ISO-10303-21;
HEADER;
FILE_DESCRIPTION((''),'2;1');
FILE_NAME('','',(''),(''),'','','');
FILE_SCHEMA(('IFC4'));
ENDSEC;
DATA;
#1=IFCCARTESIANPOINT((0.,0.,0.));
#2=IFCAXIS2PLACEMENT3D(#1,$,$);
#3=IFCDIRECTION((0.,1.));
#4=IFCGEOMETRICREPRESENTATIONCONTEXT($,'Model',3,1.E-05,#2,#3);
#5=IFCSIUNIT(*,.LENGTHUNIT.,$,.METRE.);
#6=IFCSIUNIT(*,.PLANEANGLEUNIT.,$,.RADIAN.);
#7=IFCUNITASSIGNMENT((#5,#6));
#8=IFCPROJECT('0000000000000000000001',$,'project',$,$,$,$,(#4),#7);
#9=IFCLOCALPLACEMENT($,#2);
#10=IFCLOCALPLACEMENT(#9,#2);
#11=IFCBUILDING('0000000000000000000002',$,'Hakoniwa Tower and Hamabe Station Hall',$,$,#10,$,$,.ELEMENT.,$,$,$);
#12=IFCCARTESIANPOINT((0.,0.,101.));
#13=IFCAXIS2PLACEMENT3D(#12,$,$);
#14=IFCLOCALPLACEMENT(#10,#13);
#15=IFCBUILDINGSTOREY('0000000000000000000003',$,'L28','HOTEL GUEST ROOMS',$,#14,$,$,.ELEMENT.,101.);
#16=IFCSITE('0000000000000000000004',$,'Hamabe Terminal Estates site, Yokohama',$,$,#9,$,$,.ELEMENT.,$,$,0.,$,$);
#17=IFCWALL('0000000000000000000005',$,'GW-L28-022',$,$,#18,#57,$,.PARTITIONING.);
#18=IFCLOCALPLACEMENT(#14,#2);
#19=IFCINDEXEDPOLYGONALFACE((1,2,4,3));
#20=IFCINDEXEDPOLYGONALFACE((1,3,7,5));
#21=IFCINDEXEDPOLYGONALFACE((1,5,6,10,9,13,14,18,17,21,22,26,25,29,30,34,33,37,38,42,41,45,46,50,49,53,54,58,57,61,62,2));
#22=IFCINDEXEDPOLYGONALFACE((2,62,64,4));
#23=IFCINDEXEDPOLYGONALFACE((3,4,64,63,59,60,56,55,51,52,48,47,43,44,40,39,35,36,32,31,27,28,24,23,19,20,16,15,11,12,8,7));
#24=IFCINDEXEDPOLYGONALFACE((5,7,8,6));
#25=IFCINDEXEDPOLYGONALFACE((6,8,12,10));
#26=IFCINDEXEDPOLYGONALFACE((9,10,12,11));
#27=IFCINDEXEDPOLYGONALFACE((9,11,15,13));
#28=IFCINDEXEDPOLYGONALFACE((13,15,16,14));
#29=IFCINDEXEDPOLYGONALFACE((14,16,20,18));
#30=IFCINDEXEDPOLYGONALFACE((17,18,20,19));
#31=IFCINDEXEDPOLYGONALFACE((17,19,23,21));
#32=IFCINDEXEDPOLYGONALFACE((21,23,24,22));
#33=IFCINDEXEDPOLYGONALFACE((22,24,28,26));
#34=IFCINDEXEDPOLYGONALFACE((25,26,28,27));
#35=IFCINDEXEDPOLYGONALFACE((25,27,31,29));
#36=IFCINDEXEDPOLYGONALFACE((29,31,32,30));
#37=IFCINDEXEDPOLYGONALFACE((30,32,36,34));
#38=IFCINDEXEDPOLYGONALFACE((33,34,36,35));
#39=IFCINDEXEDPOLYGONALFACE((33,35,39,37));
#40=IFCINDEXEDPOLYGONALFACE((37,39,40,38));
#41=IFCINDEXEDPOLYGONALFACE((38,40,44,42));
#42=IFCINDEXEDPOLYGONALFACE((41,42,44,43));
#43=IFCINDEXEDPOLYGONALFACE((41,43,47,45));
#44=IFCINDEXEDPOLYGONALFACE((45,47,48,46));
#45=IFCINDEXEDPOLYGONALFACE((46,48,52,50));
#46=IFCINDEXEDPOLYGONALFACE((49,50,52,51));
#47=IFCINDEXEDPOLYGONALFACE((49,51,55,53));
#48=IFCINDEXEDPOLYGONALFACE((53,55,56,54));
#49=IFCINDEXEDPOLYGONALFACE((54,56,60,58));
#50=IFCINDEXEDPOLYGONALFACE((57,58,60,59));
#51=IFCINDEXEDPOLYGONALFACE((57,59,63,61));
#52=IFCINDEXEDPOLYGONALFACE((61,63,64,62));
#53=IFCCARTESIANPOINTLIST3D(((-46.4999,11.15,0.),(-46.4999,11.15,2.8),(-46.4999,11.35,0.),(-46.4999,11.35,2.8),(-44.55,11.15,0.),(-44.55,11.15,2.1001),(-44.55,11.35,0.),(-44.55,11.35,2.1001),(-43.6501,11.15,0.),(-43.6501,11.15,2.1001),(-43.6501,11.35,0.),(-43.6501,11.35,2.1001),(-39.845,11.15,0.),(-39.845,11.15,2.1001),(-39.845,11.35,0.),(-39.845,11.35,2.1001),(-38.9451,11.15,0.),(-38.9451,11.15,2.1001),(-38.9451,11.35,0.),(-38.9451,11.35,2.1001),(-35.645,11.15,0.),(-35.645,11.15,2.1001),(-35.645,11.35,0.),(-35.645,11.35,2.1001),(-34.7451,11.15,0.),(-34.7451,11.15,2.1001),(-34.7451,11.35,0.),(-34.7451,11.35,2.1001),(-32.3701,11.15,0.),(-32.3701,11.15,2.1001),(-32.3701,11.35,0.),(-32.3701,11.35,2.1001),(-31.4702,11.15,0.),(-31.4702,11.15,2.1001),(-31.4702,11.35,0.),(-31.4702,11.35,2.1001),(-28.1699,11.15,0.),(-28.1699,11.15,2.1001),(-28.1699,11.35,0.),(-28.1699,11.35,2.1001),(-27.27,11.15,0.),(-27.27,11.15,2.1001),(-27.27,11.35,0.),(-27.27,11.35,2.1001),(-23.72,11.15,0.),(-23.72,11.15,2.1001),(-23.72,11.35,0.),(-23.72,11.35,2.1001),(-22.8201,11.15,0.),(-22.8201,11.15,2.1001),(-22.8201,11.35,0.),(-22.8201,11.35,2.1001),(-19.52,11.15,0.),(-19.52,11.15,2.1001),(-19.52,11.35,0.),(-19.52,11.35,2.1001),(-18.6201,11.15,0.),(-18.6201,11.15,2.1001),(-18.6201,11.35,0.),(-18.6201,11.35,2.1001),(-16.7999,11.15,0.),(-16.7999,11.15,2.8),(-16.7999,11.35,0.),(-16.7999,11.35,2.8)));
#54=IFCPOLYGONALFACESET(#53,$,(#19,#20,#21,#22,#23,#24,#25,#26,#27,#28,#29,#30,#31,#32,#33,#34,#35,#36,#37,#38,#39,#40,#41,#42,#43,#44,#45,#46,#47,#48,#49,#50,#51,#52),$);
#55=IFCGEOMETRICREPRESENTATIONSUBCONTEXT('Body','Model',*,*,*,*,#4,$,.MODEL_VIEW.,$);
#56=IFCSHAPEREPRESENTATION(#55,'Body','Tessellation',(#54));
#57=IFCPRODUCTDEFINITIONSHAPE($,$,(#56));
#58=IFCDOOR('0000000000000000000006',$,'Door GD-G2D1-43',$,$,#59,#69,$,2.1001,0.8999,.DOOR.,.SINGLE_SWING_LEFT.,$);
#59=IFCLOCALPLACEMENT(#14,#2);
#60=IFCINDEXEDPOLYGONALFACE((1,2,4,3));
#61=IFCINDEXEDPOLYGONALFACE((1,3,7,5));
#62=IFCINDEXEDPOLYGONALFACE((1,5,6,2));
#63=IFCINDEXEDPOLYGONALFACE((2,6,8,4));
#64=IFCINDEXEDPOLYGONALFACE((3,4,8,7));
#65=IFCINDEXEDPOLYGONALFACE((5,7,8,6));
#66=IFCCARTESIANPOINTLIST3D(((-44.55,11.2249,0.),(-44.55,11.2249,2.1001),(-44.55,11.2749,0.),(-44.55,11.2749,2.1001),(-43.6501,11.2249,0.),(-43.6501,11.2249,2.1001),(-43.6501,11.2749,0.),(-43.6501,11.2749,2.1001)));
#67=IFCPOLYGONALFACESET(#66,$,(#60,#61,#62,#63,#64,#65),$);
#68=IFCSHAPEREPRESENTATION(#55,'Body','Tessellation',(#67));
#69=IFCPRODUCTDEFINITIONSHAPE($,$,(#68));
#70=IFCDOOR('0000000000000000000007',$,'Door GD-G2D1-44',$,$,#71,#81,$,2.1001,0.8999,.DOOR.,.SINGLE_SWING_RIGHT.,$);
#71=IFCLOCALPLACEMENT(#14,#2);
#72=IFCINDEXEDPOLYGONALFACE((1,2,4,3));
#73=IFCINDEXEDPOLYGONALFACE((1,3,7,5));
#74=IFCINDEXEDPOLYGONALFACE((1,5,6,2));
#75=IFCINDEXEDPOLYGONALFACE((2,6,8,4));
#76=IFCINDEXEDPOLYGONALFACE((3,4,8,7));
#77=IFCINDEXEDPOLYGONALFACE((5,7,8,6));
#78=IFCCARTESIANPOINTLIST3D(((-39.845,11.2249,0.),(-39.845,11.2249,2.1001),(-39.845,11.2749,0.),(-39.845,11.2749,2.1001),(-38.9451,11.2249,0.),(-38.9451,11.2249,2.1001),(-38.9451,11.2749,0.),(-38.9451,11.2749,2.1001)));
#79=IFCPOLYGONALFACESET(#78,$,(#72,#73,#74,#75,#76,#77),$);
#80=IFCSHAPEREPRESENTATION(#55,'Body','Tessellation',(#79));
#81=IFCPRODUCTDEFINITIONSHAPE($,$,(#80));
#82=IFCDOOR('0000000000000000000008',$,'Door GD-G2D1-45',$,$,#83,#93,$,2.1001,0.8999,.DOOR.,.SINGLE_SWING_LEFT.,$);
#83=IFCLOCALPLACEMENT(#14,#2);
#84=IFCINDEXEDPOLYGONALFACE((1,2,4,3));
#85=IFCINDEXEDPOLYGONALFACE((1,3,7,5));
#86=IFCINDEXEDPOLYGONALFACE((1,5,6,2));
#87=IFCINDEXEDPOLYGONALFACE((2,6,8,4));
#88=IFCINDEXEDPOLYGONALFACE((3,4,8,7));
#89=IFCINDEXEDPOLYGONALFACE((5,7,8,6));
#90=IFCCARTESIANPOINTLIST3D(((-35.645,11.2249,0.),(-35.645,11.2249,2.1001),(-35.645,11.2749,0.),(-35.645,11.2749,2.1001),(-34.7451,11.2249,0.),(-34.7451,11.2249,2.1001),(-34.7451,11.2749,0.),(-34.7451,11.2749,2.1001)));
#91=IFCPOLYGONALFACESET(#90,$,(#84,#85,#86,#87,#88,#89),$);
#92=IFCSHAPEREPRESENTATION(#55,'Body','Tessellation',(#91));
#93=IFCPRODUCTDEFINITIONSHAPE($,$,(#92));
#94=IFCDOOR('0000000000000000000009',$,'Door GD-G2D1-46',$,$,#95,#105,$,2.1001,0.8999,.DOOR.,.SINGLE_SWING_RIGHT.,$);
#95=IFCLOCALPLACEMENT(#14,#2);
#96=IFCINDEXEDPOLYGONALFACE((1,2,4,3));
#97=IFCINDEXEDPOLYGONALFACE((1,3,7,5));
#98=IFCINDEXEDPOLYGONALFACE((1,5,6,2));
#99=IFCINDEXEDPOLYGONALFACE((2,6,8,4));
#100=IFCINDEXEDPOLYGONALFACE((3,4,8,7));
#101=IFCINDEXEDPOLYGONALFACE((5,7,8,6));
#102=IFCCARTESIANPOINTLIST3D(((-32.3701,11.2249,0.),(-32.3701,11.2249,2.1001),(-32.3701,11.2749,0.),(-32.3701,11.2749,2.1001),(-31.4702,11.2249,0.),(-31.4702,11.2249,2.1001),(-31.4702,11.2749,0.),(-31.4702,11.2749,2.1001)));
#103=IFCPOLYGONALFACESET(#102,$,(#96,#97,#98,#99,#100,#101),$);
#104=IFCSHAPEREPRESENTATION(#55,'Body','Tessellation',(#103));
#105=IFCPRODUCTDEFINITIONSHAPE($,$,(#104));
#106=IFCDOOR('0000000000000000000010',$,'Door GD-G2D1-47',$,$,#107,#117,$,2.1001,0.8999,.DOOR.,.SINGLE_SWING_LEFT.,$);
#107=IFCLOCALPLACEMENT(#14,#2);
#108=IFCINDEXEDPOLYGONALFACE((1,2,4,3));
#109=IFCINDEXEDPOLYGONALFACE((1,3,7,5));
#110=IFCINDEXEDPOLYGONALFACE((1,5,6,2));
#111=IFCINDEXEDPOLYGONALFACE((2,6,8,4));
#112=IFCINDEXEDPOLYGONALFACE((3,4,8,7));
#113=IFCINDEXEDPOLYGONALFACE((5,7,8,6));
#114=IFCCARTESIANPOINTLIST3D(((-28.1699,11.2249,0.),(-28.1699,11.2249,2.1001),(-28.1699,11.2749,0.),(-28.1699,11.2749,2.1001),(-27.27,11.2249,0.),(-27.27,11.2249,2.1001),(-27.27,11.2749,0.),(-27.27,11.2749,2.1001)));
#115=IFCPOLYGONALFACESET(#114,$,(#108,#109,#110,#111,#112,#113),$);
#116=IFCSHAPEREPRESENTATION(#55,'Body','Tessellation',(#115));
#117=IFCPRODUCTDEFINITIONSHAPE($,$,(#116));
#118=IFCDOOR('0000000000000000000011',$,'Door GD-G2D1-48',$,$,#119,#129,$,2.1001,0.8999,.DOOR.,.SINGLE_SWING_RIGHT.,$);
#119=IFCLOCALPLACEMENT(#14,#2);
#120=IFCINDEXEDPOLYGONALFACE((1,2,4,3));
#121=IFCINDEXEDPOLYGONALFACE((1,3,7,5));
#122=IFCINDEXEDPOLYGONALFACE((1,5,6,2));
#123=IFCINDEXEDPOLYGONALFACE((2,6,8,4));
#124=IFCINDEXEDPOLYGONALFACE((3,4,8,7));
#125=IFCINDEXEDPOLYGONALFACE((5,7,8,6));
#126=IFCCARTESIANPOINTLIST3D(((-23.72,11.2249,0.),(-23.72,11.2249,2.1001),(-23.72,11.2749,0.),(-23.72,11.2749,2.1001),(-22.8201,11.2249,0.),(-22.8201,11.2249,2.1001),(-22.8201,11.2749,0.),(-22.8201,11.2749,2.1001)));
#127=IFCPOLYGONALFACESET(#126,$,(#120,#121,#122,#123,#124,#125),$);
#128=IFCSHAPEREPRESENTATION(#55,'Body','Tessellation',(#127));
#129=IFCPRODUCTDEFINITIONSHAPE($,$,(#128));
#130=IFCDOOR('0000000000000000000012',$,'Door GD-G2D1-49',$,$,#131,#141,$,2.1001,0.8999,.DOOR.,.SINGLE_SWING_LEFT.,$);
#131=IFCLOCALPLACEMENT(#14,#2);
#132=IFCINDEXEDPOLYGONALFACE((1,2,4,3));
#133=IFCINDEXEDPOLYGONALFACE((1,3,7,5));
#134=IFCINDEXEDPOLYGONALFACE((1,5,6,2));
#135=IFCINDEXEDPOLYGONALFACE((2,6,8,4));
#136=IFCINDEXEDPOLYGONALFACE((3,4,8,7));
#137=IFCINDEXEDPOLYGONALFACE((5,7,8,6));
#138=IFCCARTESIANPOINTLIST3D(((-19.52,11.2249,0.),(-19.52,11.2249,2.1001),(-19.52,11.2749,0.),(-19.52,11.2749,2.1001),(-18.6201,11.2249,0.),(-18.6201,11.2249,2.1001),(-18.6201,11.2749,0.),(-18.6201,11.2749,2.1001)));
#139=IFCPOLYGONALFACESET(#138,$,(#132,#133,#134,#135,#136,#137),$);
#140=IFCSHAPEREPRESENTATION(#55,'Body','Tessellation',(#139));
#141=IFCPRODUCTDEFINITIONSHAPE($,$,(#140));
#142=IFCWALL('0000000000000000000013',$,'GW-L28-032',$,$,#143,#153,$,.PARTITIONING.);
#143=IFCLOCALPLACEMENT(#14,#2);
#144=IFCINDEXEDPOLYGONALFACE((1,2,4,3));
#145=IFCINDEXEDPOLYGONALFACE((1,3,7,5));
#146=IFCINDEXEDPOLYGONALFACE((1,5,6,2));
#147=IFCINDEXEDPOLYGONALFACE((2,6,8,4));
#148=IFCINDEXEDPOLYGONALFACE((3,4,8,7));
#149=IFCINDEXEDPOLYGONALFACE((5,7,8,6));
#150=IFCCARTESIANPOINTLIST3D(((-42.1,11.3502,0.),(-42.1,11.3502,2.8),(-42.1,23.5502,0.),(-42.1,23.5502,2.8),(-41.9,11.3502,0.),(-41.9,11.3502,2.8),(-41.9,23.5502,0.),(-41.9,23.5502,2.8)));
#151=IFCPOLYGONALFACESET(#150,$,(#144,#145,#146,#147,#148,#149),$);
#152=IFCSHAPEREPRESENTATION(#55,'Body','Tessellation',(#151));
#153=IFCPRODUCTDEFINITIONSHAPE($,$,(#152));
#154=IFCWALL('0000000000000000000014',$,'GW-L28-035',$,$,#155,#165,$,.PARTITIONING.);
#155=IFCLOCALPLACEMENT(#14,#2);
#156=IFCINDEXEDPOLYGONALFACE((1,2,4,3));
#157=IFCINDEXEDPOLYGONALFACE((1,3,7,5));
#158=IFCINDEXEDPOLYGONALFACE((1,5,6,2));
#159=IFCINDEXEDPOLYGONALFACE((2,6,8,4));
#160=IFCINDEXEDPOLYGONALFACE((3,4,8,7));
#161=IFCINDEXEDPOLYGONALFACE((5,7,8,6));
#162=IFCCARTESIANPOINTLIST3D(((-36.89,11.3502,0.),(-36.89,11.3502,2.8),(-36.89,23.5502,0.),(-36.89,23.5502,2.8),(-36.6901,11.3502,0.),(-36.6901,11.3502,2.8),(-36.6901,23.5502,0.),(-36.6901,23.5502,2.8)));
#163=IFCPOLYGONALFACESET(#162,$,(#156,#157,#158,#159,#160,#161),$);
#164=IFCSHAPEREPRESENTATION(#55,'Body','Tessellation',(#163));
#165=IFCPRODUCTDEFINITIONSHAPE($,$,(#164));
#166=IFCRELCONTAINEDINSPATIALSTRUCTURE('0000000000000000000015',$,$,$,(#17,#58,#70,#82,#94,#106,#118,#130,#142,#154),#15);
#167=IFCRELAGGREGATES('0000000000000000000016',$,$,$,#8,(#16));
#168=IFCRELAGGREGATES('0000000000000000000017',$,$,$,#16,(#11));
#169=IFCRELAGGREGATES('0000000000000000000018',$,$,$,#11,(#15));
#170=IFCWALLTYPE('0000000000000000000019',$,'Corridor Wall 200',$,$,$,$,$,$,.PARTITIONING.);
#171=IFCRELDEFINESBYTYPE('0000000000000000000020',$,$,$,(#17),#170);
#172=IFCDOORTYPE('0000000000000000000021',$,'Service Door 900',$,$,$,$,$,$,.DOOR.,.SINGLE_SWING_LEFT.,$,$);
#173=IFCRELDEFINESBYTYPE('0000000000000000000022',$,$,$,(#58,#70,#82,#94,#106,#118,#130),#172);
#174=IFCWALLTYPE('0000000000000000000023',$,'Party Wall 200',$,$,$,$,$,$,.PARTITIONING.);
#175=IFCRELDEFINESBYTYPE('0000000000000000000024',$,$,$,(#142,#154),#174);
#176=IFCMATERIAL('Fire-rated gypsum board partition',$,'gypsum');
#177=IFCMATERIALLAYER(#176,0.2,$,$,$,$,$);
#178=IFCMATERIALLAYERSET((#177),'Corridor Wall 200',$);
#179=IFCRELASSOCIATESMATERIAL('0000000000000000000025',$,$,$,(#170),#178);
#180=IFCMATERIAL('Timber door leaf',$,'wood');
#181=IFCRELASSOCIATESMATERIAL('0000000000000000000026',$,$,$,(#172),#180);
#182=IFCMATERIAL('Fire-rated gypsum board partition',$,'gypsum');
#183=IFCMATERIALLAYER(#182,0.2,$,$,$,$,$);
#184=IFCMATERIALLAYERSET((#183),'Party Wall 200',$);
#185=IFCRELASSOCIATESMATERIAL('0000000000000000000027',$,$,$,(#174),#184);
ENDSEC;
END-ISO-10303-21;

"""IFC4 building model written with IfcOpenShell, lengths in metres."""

from ifc_helpers import new_model, si_unit, direction, frame, frame_2d, origin, place, context, subcontext, project, spatial, rectangle, extrude, material, layer, layer_set, type_object, element, fill, save


model = new_model("IFC4")

# Units and contexts
model_context = context("Model", 3, precision=1e-05, world=origin(), true_north=direction((0.0, 1.0)))
body_context = subcontext(model_context, "Body", "Model", "MODEL_VIEW")
ifc_project = project(units=[si_unit("LENGTHUNIT", "METRE"), si_unit("PLANEANGLEUNIT", "RADIAN")], contexts=[model_context])

# Site, building, storey
site_placement = place(None, origin())
site = spatial("IfcSite", under=ifc_project, at=site_placement, Name="Hamabe Terminal Estates site, Yokohama", CompositionType="ELEMENT", RefElevation=0.0)
building_placement = place(site_placement, origin())
building = spatial("IfcBuilding", under=site, at=building_placement, Name="Hakoniwa Tower and Hamabe Station Hall", CompositionType="ELEMENT")
storey_placement = place(building_placement, frame((0.0, 0.0, 101.0)))
storey = spatial("IfcBuildingStorey", under=building, at=storey_placement, Name="L28", Description="HOTEL GUEST ROOMS", CompositionType="ELEMENT", Elevation=101.0)

# Wall, openings, doors
ifc_material_1 = material(Name="Fire-rated gypsum board partition", Category="gypsum")
ifc_layer_1 = layer(ifc_material_1, 0.2)
ifc_layer_set_1 = layer_set([ifc_layer_1], Name="Corridor Wall 200")
wall_type_1 = type_object("IfcWallType", Name="Corridor Wall 200", PredefinedType="PARTITIONING", material=ifc_layer_set_1)
wall_placement = place(storey_placement, frame((-46.5, 11.25, 0.0), z_axis=(0.0, 0.0, 1.0), x_axis=(1.0, 0.0, 0.0)))
wall = element("IfcWall", 1, at=wall_placement, inside=storey, type_object=wall_type_1, Name="GW-L28-022", PredefinedType="PARTITIONING", context=body_context, shape_type="SweptSolid", body=[
    extrude(rectangle(XDim=29.7, YDim=0.2, at=frame_2d((14.8501, 0.0))), origin(), (0.0, 0.0, 1.0), 2.8),
])
opening_1_placement = place(wall_placement, frame((1.95, 0.0, 0.0)))
opening_1 = element("IfcOpeningElement", 2, at=opening_1_placement, cuts=wall, PredefinedType="OPENING", context=body_context, shape_type="SweptSolid", body=[
    extrude(rectangle(XDim=0.8999, YDim=2.1001, at=frame_2d((0.45, 1.05))), frame((0.0, 0.1099, 0.0), z_axis=(0.0, -1.0, 0.0), x_axis=(1.0, 0.0, 0.0)), (0.0, 0.0, 1.0), 0.22),
])
opening_2_placement = place(wall_placement, frame((6.655, 0.0, 0.0)))
opening_2 = element("IfcOpeningElement", 3, at=opening_2_placement, cuts=wall, PredefinedType="OPENING", context=body_context, shape_type="SweptSolid", body=[
    extrude(rectangle(XDim=0.8999, YDim=2.1001, at=frame_2d((0.45, 1.05))), frame((0.0, 0.1099, 0.0), z_axis=(0.0, -1.0, 0.0), x_axis=(1.0, 0.0, 0.0)), (0.0, 0.0, 1.0), 0.22),
])
opening_3_placement = place(wall_placement, frame((10.855, 0.0, 0.0)))
opening_3 = element("IfcOpeningElement", 4, at=opening_3_placement, cuts=wall, PredefinedType="OPENING", context=body_context, shape_type="SweptSolid", body=[
    extrude(rectangle(XDim=0.8999, YDim=2.1001, at=frame_2d((0.45, 1.05))), frame((0.0, 0.1099, 0.0), z_axis=(0.0, -1.0, 0.0), x_axis=(1.0, 0.0, 0.0)), (0.0, 0.0, 1.0), 0.22),
])
opening_4_placement = place(wall_placement, frame((14.1299, 0.0, 0.0)))
opening_4 = element("IfcOpeningElement", 5, at=opening_4_placement, cuts=wall, PredefinedType="OPENING", context=body_context, shape_type="SweptSolid", body=[
    extrude(rectangle(XDim=0.8999, YDim=2.1001, at=frame_2d((0.45, 1.05))), frame((0.0, 0.1099, 0.0), z_axis=(0.0, -1.0, 0.0), x_axis=(1.0, 0.0, 0.0)), (0.0, 0.0, 1.0), 0.22),
])
opening_5_placement = place(wall_placement, frame((18.3301, 0.0, 0.0)))
opening_5 = element("IfcOpeningElement", 6, at=opening_5_placement, cuts=wall, PredefinedType="OPENING", context=body_context, shape_type="SweptSolid", body=[
    extrude(rectangle(XDim=0.8999, YDim=2.1001, at=frame_2d((0.45, 1.05))), frame((0.0, 0.1099, 0.0), z_axis=(0.0, -1.0, 0.0), x_axis=(1.0, 0.0, 0.0)), (0.0, 0.0, 1.0), 0.22),
])
opening_6_placement = place(wall_placement, frame((22.78, 0.0, 0.0)))
opening_6 = element("IfcOpeningElement", 7, at=opening_6_placement, cuts=wall, PredefinedType="OPENING", context=body_context, shape_type="SweptSolid", body=[
    extrude(rectangle(XDim=0.8999, YDim=2.1001, at=frame_2d((0.45, 1.05))), frame((0.0, 0.1099, 0.0), z_axis=(0.0, -1.0, 0.0), x_axis=(1.0, 0.0, 0.0)), (0.0, 0.0, 1.0), 0.22),
])
opening_7_placement = place(wall_placement, frame((26.98, 0.0, 0.0)))
opening_7 = element("IfcOpeningElement", 8, at=opening_7_placement, cuts=wall, PredefinedType="OPENING", context=body_context, shape_type="SweptSolid", body=[
    extrude(rectangle(XDim=0.8999, YDim=2.1001, at=frame_2d((0.45, 1.05))), frame((0.0, 0.1099, 0.0), z_axis=(0.0, -1.0, 0.0), x_axis=(1.0, 0.0, 0.0)), (0.0, 0.0, 1.0), 0.22),
])
ifc_material_2 = material(Name="Timber door leaf", Category="wood")
door_type = type_object("IfcDoorType", Name="Service Door 900", OperationType="SINGLE_SWING_LEFT", PredefinedType="DOOR", material=ifc_material_2)
door_1_placement = place(opening_1_placement, origin())
door_1 = element("IfcDoor", 9, at=door_1_placement, inside=storey, type_object=door_type, Name="Door GD-G2D1-43", OperationType="SINGLE_SWING_LEFT", OverallHeight=2.1001, OverallWidth=0.8999, PredefinedType="DOOR", context=body_context, shape_type="SweptSolid", body=[
    extrude(rectangle(XDim=0.8999, YDim=2.1001, at=frame_2d((0.45, 1.05))), frame((0.0, 0.0249, 0.0), z_axis=(0.0, -1.0, 0.0), x_axis=(1.0, 0.0, 0.0)), (0.0, 0.0, 1.0), 0.05),
])
fill(opening_1, door_1)
door_2_placement = place(opening_2_placement, origin())
door_2 = element("IfcDoor", 10, at=door_2_placement, inside=storey, type_object=door_type, Name="Door GD-G2D1-44", OperationType="SINGLE_SWING_RIGHT", OverallHeight=2.1001, OverallWidth=0.8999, PredefinedType="DOOR", context=body_context, shape_type="SweptSolid", body=[
    extrude(rectangle(XDim=0.8999, YDim=2.1001, at=frame_2d((0.45, 1.05))), frame((0.0, 0.0249, 0.0), z_axis=(0.0, -1.0, 0.0), x_axis=(1.0, 0.0, 0.0)), (0.0, 0.0, 1.0), 0.05),
])
fill(opening_2, door_2)
door_3_placement = place(opening_3_placement, origin())
door_3 = element("IfcDoor", 11, at=door_3_placement, inside=storey, type_object=door_type, Name="Door GD-G2D1-45", OperationType="SINGLE_SWING_LEFT", OverallHeight=2.1001, OverallWidth=0.8999, PredefinedType="DOOR", context=body_context, shape_type="SweptSolid", body=[
    extrude(rectangle(XDim=0.8999, YDim=2.1001, at=frame_2d((0.45, 1.05))), frame((0.0, 0.0249, 0.0), z_axis=(0.0, -1.0, 0.0), x_axis=(1.0, 0.0, 0.0)), (0.0, 0.0, 1.0), 0.05),
])
fill(opening_3, door_3)
door_4_placement = place(opening_4_placement, origin())
door_4 = element("IfcDoor", 12, at=door_4_placement, inside=storey, type_object=door_type, Name="Door GD-G2D1-46", OperationType="SINGLE_SWING_RIGHT", OverallHeight=2.1001, OverallWidth=0.8999, PredefinedType="DOOR", context=body_context, shape_type="SweptSolid", body=[
    extrude(rectangle(XDim=0.8999, YDim=2.1001, at=frame_2d((0.45, 1.05))), frame((0.0, 0.0249, 0.0), z_axis=(0.0, -1.0, 0.0), x_axis=(1.0, 0.0, 0.0)), (0.0, 0.0, 1.0), 0.05),
])
fill(opening_4, door_4)
door_5_placement = place(opening_5_placement, origin())
door_5 = element("IfcDoor", 13, at=door_5_placement, inside=storey, type_object=door_type, Name="Door GD-G2D1-47", OperationType="SINGLE_SWING_LEFT", OverallHeight=2.1001, OverallWidth=0.8999, PredefinedType="DOOR", context=body_context, shape_type="SweptSolid", body=[
    extrude(rectangle(XDim=0.8999, YDim=2.1001, at=frame_2d((0.45, 1.05))), frame((0.0, 0.0249, 0.0), z_axis=(0.0, -1.0, 0.0), x_axis=(1.0, 0.0, 0.0)), (0.0, 0.0, 1.0), 0.05),
])
fill(opening_5, door_5)
door_6_placement = place(opening_6_placement, origin())
door_6 = element("IfcDoor", 14, at=door_6_placement, inside=storey, type_object=door_type, Name="Door GD-G2D1-48", OperationType="SINGLE_SWING_RIGHT", OverallHeight=2.1001, OverallWidth=0.8999, PredefinedType="DOOR", context=body_context, shape_type="SweptSolid", body=[
    extrude(rectangle(XDim=0.8999, YDim=2.1001, at=frame_2d((0.45, 1.05))), frame((0.0, 0.0249, 0.0), z_axis=(0.0, -1.0, 0.0), x_axis=(1.0, 0.0, 0.0)), (0.0, 0.0, 1.0), 0.05),
])
fill(opening_6, door_6)
door_7_placement = place(opening_7_placement, origin())
door_7 = element("IfcDoor", 15, at=door_7_placement, inside=storey, type_object=door_type, Name="Door GD-G2D1-49", OperationType="SINGLE_SWING_LEFT", OverallHeight=2.1001, OverallWidth=0.8999, PredefinedType="DOOR", context=body_context, shape_type="SweptSolid", body=[
    extrude(rectangle(XDim=0.8999, YDim=2.1001, at=frame_2d((0.45, 1.05))), frame((0.0, 0.0249, 0.0), z_axis=(0.0, -1.0, 0.0), x_axis=(1.0, 0.0, 0.0)), (0.0, 0.0, 1.0), 0.05),
])
fill(opening_7, door_7)

# Walls
ifc_material_3 = material(Name="Fire-rated gypsum board partition", Category="gypsum")
ifc_layer_2 = layer(ifc_material_3, 0.2)
ifc_layer_set_2 = layer_set([ifc_layer_2], Name="Party Wall 200")
wall_type_2 = type_object("IfcWallType", Name="Party Wall 200", PredefinedType="PARTITIONING", material=ifc_layer_set_2)
for number, where, z_axis, x_axis, name in (
    (16, (-42.0, 11.3501, 0.0), (0.0, 0.0, 1.0), (0.0, 1.0, 0.0), "GW-L28-032"),
    (17, (-36.79, 11.3501, 0.0), (0.0, 0.0, 1.0), (0.0, 1.0, 0.0), "GW-L28-035"),
):
    element("IfcWall", number, at=place(storey_placement, frame(where, z_axis=z_axis, x_axis=x_axis)), inside=storey, type_object=wall_type_2, Name=name, PredefinedType="PARTITIONING", context=body_context, shape_type="SweptSolid", body=[
        extrude(rectangle(XDim=12.2, YDim=0.2, at=frame_2d((6.1001, 0.0))), origin(), (0.0, 0.0, 1.0), 2.8),
    ])

save(model, "model.ifc")
